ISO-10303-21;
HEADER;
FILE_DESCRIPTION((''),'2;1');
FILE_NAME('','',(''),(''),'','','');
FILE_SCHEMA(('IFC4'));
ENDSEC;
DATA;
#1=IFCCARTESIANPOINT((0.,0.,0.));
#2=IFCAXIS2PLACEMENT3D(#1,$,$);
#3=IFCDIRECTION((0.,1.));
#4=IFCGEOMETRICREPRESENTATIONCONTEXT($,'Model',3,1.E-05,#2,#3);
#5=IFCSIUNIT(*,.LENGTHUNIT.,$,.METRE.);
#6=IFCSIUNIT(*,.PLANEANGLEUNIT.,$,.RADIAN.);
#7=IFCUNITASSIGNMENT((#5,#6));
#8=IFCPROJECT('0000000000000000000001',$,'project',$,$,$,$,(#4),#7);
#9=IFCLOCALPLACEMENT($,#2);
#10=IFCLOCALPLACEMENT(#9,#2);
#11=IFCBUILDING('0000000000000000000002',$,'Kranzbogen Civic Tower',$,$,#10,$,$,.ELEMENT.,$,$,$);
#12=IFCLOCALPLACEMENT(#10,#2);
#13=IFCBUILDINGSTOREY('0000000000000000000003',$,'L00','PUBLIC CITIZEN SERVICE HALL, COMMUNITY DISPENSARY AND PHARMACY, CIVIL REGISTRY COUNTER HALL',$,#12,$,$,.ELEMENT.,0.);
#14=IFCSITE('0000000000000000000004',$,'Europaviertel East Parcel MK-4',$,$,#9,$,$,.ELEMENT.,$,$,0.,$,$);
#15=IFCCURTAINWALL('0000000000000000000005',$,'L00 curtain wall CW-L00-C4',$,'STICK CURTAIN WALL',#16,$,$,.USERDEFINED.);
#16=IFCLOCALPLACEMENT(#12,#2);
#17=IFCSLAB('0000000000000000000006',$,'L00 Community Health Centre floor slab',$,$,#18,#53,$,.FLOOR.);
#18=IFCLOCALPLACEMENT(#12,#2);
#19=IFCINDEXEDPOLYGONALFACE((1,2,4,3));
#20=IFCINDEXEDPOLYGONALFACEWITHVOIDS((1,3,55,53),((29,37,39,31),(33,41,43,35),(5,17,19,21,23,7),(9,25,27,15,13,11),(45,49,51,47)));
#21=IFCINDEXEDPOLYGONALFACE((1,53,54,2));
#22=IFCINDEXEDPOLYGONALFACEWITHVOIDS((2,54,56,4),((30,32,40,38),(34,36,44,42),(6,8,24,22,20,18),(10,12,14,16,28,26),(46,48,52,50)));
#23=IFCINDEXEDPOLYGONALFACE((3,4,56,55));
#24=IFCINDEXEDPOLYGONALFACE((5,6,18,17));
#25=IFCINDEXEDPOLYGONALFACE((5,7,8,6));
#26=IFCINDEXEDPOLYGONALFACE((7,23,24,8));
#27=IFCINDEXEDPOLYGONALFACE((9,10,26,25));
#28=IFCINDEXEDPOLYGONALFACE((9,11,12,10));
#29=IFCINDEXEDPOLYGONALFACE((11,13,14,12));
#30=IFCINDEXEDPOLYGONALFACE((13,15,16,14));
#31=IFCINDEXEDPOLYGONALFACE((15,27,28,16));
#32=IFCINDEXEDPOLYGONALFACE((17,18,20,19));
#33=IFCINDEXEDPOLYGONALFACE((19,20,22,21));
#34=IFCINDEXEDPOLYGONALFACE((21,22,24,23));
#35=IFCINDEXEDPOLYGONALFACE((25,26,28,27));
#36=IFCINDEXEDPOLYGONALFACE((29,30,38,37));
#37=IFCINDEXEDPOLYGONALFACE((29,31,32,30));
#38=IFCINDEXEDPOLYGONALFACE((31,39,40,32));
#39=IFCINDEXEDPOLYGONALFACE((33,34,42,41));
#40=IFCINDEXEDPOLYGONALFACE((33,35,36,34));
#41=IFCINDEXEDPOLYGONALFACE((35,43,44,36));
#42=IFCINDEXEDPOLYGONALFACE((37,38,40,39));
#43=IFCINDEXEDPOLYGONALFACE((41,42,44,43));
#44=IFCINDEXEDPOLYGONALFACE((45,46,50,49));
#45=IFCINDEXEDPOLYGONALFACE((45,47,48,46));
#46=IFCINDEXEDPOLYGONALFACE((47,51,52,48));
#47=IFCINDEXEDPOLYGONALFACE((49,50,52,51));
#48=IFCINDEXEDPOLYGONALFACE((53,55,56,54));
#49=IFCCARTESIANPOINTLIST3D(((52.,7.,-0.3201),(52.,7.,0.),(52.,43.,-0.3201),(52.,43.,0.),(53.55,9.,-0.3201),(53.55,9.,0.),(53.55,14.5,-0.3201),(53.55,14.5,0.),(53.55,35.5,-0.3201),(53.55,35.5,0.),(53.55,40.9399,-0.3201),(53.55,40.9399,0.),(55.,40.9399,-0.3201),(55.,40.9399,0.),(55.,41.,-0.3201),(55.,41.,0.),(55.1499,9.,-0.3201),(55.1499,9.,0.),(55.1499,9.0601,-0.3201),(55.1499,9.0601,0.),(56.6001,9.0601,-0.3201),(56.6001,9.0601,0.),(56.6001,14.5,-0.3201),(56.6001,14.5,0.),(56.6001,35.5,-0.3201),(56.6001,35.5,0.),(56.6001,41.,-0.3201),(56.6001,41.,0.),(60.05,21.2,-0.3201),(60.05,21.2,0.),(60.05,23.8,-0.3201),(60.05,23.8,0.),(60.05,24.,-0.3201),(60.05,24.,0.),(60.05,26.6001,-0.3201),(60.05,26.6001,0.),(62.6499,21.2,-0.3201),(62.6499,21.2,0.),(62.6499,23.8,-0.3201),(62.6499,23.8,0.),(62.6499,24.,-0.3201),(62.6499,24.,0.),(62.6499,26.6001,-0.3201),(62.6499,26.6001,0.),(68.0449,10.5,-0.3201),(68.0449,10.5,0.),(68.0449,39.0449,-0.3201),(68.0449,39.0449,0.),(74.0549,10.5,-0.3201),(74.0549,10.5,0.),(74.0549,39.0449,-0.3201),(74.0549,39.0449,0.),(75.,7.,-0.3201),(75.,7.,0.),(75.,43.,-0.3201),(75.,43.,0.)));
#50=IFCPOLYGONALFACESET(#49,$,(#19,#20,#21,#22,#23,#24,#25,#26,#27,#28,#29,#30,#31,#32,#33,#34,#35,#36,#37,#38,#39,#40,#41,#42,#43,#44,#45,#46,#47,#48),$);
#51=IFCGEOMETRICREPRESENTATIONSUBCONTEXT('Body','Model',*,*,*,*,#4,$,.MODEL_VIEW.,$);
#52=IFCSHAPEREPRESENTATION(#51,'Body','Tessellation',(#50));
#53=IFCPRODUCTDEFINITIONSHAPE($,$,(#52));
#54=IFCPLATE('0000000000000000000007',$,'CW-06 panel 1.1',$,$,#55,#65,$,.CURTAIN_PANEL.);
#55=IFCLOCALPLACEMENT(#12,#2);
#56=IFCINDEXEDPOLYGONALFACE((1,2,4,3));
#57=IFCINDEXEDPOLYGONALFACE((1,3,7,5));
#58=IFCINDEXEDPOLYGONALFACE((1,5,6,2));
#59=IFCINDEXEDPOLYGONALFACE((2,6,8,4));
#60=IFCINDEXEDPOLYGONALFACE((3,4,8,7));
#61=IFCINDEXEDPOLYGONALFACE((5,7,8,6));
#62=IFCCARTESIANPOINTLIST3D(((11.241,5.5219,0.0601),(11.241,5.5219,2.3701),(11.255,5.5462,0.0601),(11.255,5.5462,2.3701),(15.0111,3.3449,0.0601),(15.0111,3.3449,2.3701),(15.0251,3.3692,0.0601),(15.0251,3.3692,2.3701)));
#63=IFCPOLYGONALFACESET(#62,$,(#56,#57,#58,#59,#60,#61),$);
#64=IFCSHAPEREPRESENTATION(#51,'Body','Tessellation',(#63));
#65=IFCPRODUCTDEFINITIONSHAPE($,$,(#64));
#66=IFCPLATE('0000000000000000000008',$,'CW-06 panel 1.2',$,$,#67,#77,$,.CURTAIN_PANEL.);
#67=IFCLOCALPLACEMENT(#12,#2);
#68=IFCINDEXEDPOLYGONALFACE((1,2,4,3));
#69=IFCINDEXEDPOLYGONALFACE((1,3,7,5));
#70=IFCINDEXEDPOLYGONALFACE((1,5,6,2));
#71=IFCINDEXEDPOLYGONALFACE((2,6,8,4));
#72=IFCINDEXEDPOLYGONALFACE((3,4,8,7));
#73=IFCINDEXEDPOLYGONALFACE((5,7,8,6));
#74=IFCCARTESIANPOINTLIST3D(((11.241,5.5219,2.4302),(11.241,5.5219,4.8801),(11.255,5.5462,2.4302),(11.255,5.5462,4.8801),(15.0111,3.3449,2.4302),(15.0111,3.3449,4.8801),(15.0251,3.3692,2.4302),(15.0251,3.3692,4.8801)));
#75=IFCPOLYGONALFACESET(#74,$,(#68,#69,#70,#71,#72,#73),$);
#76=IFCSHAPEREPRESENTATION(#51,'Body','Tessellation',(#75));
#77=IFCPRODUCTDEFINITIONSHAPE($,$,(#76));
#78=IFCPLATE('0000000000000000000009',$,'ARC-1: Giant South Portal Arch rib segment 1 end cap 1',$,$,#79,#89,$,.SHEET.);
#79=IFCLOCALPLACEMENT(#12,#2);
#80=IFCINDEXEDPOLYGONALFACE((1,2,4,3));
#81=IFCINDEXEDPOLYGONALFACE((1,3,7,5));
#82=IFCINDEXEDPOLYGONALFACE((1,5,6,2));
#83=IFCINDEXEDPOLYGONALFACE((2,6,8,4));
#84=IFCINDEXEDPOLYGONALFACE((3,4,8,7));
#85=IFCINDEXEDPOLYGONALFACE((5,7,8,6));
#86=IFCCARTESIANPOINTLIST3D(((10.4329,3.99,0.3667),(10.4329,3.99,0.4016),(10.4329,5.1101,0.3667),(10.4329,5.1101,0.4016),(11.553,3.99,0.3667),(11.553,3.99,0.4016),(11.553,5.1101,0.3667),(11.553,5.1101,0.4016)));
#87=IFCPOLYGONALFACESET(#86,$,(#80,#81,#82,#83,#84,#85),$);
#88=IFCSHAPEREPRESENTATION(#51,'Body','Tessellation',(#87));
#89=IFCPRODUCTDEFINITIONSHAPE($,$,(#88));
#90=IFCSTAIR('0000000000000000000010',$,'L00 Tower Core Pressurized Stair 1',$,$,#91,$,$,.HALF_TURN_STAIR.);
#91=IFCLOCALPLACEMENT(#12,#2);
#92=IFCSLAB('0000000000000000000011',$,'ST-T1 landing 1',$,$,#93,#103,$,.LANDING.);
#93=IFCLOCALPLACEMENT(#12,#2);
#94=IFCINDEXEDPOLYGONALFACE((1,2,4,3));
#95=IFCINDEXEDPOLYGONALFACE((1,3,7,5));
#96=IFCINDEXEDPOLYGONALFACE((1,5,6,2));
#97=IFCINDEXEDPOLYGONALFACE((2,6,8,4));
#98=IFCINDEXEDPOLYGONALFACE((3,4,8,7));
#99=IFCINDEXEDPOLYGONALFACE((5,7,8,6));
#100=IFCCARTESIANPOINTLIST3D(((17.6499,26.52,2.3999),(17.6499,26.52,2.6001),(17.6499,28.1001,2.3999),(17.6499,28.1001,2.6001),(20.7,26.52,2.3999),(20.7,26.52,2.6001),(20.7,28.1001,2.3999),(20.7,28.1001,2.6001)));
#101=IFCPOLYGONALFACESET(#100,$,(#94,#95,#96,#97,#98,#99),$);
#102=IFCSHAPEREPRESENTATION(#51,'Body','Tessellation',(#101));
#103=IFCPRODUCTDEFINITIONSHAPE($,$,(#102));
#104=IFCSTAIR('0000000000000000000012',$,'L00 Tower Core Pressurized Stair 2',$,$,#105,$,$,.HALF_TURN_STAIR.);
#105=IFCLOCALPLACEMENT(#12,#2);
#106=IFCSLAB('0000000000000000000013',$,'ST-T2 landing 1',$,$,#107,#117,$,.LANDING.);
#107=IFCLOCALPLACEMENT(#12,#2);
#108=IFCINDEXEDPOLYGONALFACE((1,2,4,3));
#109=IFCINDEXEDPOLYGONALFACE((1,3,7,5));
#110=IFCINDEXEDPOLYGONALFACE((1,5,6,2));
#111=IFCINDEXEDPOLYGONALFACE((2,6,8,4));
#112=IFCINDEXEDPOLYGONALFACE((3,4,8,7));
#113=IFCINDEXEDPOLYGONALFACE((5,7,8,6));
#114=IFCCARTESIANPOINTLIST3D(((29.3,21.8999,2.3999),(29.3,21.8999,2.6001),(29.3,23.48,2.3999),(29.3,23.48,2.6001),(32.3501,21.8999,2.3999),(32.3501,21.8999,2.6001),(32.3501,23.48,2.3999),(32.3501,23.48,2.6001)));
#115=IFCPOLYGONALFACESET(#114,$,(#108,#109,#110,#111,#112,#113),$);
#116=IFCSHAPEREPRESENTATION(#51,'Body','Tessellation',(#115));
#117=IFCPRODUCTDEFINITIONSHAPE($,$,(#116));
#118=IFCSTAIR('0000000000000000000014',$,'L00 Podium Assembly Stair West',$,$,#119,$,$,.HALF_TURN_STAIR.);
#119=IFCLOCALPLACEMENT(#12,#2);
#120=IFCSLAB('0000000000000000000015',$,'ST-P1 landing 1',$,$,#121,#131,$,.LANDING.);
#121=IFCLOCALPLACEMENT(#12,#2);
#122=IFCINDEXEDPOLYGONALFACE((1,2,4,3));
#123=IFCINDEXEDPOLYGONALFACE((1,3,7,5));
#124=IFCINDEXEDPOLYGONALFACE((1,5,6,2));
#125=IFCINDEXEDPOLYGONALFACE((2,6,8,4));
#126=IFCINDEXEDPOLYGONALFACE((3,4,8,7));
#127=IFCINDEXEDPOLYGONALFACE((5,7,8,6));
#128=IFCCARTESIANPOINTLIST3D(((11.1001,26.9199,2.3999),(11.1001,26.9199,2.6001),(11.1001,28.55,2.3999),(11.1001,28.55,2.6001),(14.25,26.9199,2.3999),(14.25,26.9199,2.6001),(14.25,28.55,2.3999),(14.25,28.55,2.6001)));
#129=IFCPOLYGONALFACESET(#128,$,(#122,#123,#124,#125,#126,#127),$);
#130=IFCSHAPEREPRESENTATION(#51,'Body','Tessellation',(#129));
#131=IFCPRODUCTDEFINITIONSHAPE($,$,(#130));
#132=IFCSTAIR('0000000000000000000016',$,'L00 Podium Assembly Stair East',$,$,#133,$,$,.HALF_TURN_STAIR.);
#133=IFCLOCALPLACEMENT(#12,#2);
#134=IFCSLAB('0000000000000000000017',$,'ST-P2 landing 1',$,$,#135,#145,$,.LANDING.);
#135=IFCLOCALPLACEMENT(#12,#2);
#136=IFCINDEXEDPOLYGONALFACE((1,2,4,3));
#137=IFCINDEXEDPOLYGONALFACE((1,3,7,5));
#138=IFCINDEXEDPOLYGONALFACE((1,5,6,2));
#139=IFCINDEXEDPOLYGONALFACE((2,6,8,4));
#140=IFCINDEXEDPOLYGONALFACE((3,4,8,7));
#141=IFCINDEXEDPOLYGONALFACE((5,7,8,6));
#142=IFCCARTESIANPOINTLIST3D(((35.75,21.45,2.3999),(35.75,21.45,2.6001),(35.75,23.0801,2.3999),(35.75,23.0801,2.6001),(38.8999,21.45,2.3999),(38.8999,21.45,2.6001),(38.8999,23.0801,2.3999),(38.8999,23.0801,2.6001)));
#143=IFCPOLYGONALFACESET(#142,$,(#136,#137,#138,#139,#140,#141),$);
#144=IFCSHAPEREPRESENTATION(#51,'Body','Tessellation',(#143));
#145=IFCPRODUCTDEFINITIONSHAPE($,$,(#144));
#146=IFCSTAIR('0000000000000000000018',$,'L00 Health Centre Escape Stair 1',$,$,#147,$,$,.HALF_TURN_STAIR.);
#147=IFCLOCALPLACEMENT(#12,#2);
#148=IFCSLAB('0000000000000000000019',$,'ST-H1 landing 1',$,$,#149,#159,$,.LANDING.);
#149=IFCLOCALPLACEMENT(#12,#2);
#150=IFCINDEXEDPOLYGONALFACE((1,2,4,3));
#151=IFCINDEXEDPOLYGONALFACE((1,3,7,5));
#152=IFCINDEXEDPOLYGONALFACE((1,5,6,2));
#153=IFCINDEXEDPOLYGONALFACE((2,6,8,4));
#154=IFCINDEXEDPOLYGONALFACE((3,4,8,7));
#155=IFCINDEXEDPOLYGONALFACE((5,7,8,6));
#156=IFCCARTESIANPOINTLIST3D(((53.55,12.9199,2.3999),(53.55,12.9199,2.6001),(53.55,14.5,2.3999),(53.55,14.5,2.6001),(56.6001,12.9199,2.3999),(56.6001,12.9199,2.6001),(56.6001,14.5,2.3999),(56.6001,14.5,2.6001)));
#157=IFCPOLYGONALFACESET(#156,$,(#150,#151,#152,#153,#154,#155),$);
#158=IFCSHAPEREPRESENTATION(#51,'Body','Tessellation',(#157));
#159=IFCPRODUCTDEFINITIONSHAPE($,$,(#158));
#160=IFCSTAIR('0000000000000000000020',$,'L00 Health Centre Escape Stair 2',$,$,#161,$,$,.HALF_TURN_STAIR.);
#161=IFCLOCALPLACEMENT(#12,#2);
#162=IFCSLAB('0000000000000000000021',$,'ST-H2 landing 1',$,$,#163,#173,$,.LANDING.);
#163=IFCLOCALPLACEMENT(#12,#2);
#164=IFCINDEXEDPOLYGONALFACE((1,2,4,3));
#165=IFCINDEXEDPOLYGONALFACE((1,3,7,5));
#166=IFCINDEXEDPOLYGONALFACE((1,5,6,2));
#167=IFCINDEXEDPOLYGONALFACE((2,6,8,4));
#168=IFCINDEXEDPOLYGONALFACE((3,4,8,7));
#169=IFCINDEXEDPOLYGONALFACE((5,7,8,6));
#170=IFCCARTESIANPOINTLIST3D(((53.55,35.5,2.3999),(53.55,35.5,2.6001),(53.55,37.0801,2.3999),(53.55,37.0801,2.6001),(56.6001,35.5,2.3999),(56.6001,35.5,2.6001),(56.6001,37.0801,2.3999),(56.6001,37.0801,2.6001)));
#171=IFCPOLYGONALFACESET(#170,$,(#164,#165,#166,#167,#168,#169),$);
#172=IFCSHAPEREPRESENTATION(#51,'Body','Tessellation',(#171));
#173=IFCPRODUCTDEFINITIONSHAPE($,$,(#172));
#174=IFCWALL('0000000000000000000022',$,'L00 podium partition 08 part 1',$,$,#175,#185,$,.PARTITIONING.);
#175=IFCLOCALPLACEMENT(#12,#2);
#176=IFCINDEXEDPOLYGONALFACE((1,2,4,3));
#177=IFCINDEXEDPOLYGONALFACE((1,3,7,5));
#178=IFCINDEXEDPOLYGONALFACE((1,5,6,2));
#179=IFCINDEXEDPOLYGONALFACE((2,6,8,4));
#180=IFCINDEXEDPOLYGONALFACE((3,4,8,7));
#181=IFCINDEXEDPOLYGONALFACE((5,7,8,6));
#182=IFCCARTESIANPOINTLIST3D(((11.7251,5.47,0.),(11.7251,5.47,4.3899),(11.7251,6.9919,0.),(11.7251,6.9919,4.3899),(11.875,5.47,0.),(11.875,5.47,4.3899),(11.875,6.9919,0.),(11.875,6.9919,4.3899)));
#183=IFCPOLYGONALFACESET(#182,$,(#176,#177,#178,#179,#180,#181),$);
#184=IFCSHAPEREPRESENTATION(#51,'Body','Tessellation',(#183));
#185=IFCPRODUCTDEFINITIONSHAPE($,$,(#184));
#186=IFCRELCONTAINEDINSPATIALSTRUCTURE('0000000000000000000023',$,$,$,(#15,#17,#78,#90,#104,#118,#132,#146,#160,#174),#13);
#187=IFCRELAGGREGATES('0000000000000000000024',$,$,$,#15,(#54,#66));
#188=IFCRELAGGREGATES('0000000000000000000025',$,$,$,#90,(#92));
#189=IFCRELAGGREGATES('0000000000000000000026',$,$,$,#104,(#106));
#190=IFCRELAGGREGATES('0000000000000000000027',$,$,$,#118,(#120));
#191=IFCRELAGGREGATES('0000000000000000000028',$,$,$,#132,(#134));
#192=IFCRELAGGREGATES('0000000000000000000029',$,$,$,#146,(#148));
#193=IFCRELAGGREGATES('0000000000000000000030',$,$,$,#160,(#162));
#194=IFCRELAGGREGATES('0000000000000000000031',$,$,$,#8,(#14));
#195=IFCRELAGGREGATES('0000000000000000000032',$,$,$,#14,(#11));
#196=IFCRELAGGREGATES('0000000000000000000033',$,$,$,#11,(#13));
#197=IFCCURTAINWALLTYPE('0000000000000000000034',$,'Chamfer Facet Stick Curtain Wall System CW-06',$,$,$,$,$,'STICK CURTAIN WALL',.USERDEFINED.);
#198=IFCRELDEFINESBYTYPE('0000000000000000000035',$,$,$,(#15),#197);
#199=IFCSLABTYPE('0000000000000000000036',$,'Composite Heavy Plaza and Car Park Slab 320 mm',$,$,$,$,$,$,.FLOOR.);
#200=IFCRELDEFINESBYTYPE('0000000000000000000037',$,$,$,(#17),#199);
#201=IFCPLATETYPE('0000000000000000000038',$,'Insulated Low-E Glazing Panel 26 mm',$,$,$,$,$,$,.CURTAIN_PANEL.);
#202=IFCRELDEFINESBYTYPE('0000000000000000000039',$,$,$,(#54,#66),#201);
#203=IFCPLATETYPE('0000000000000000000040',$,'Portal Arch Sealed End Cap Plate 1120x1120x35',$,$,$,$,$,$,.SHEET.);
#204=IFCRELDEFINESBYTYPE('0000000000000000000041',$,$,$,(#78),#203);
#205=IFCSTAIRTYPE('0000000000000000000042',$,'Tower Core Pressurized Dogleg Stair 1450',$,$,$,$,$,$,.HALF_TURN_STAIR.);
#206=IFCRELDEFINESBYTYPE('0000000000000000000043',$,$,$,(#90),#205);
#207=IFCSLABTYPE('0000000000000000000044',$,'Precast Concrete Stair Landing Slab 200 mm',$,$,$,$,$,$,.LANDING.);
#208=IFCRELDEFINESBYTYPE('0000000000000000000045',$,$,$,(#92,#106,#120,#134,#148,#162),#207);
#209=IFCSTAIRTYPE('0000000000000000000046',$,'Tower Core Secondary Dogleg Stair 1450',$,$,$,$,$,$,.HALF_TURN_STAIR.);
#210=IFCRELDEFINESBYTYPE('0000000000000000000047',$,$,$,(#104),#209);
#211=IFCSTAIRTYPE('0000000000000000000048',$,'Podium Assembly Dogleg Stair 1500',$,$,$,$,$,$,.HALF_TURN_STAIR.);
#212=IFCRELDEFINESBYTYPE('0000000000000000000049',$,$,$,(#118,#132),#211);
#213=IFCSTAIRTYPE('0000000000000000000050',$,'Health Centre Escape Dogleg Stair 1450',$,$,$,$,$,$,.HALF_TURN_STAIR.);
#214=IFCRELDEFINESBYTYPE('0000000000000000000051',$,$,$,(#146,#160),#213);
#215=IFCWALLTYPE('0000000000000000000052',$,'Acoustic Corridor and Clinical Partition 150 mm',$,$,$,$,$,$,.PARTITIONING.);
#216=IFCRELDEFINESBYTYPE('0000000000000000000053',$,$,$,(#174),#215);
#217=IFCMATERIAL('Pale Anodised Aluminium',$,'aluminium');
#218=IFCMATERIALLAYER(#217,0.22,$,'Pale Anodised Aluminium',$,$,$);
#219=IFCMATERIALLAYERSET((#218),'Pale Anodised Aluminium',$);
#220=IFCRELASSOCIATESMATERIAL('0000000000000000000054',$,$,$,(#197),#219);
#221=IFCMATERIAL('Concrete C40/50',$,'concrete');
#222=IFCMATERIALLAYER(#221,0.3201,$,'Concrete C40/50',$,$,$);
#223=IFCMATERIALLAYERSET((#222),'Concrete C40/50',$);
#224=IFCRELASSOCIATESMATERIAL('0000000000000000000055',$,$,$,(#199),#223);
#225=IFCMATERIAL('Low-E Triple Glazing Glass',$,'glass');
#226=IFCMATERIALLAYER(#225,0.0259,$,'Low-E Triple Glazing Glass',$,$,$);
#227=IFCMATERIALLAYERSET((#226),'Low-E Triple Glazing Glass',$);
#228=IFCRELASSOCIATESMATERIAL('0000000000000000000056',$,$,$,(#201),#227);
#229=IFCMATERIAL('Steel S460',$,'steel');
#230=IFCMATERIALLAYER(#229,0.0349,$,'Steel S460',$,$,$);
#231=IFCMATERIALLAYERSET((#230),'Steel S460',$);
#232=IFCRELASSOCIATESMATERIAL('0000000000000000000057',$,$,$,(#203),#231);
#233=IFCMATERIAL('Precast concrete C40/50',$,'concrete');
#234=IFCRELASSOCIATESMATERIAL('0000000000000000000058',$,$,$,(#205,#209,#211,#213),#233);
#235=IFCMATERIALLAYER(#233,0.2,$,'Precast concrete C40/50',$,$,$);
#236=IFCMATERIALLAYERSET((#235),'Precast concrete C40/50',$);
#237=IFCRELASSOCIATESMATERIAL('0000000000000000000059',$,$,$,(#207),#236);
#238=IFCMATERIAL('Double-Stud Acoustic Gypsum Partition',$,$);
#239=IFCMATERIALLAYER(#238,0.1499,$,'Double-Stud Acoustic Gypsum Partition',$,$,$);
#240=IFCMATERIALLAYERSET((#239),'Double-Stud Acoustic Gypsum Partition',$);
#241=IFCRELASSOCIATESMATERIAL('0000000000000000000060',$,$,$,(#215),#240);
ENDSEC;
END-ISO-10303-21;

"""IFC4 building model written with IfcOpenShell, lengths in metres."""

from ifc_helpers import new_model, si_unit, direction, frame, frame_2d, origin, origin_2d, place, context, subcontext, project, spatial, polyline, rectangle, outline, extrude, material, layer, layer_set, type_object, element, aggregate, save


model = new_model("IFC4")

# Units and contexts
model_context = context("Model", 3, precision=1e-05, world=origin(), true_north=direction((0.0, 1.0)))
body_context = subcontext(model_context, "Body", "Model", "MODEL_VIEW")
ifc_project = project(units=[si_unit("LENGTHUNIT", "METRE"), si_unit("PLANEANGLEUNIT", "RADIAN")], contexts=[model_context])

# Site, building, storey
site_placement = place(None, origin())
site = spatial("IfcSite", under=ifc_project, at=site_placement, Name="Europaviertel East Parcel MK-4", CompositionType="ELEMENT", RefElevation=0.0)
building_placement = place(site_placement, origin())
building = spatial("IfcBuilding", under=site, at=building_placement, Name="Kranzbogen Civic Tower", CompositionType="ELEMENT")
storey_placement = place(building_placement, origin())
storey = spatial("IfcBuildingStorey", under=building, at=storey_placement, Name="L00", Description="PUBLIC CITIZEN SERVICE HALL, COMMUNITY DISPENSARY AND PHARMACY, CIVIL REGISTRY COUNTER HALL", CompositionType="ELEMENT", Elevation=0.0)

# Shared definitions
ifc_material_1 = material(Name="Steel S460", Category="steel")

# Curtain wall
ifc_material_2 = material(Name="Pale Anodised Aluminium", Category="aluminium")
ifc_layer_1 = layer(ifc_material_2, 0.22, Name="Pale Anodised Aluminium")
ifc_layer_set_1 = layer_set([ifc_layer_1], Name="Pale Anodised Aluminium")
curtain_wall_type_1 = type_object("IfcCurtainWallType", Name="Chamfer Facet Stick Curtain Wall System CW-06", ElementType="STICK CURTAIN WALL", PredefinedType="USERDEFINED", material=ifc_layer_set_1)
curtain_wall_1_placement = place(storey_placement, origin())
curtain_wall_1 = element("IfcCurtainWall", 1, at=curtain_wall_1_placement, inside=storey, type_object=curtain_wall_type_1, Name="L00 curtain wall CW-L00-C4", ObjectType="STICK CURTAIN WALL", PredefinedType="USERDEFINED")

# Slab
ifc_material_3 = material(Name="Precast concrete C40/50", Category="concrete")
ifc_material_4 = material(Name="Concrete C40/50", Category="concrete")
ifc_layer_2 = layer(ifc_material_4, 0.3201, Name="Concrete C40/50")
ifc_layer_set_2 = layer_set([ifc_layer_2], Name="Concrete C40/50")
slab_type_1 = type_object("IfcSlabType", Name="Composite Heavy Plaza and Car Park Slab 320 mm", PredefinedType="FLOOR", material=ifc_layer_set_2)
slab_1_placement = place(storey_placement, frame((0.0, 0.0, -0.3201)))
element("IfcSlab", 2, at=slab_1_placement, inside=storey, type_object=slab_type_1, Name="L00 Community Health Centre floor slab", PredefinedType="FLOOR", context=body_context, shape_type="SweptSolid", body=[
    extrude(outline(polyline([(75.0, 7.0), (75.0, 43.0), (52.0, 43.0), (52.0, 7.0), (75.0, 7.0)]), holes=[polyline([(56.6001, 9.0601), (55.1499, 9.0601), (55.1499, 9.0), (53.55, 9.0), (53.55, 14.5), (56.6001, 14.5), (56.6001, 9.0601)]), polyline([(62.6499, 21.2), (60.05, 21.2), (60.05, 23.8), (62.6499, 23.8), (62.6499, 21.2)]), polyline([(74.0549, 10.5), (68.0449, 10.5), (68.0449, 39.0449), (74.0549, 39.0449), (74.0549, 10.5)]), polyline([(62.6499, 26.6001), (62.6499, 24.0), (60.05, 24.0), (60.05, 26.6001), (62.6499, 26.6001)]), polyline([(55.0, 40.9399), (55.0, 41.0), (56.6001, 41.0), (56.6001, 35.5), (53.55, 35.5), (53.55, 40.9399), (55.0, 40.9399)])]), origin(), (0.0, 0.0, 1.0), 0.3201),
])

# Plates
ifc_material_5 = material(Name="Low-E Triple Glazing Glass", Category="glass")
ifc_layer_3 = layer(ifc_material_5, 0.0259, Name="Low-E Triple Glazing Glass")
ifc_layer_set_3 = layer_set([ifc_layer_3], Name="Low-E Triple Glazing Glass")
plate_type_1 = type_object("IfcPlateType", Name="Insulated Low-E Glazing Panel 26 mm", PredefinedType="CURTAIN_PANEL", material=ifc_layer_set_3)
plate_1_placement = place(storey_placement, frame((13.1331, 4.4456, 0.0601), z_axis=(0.0, 0.0, 1.0), x_axis=(0.865992, -0.500058, 0.0)))
plate_1 = element("IfcPlate", 3, at=plate_1_placement, type_object=plate_type_1, Name="CW-06 panel 1.1", PredefinedType="CURTAIN_PANEL", context=body_context, shape_type="SweptSolid", body=[
    extrude(rectangle(XDim=4.3535, YDim=0.0281, at=origin_2d()), origin(), (0.0, 0.0, 1.0), 2.3101),
])
plate_2_placement = place(storey_placement, frame((13.1331, 4.4456, 2.4302), z_axis=(0.0, 0.0, 1.0), x_axis=(0.865992, -0.500058, 0.0)))
plate_2 = element("IfcPlate", 4, at=plate_2_placement, type_object=plate_type_1, Name="CW-06 panel 1.2", PredefinedType="CURTAIN_PANEL", context=body_context, shape_type="SweptSolid", body=[
    extrude(rectangle(XDim=4.3535, YDim=0.0281, at=origin_2d()), origin(), (0.0, 0.0, 1.0), 2.45),
])
aggregate(curtain_wall_1, [plate_1, plate_2])
ifc_layer_4 = layer(ifc_material_1, 0.0349, Name="Steel S460")
ifc_layer_set_4 = layer_set([ifc_layer_4], Name="Steel S460")
plate_type_2 = type_object("IfcPlateType", Name="Portal Arch Sealed End Cap Plate 1120x1120x35", PredefinedType="SHEET", material=ifc_layer_set_4)
plate_3_placement = place(storey_placement, frame((10.9929, 4.55, 0.3667), z_axis=(0.0, 0.0, 1.0), x_axis=(1.0, 0.0, 0.0)))
element("IfcPlate", 5, at=plate_3_placement, inside=storey, type_object=plate_type_2, Name="ARC-1: Giant South Portal Arch rib segment 1 end cap 1", PredefinedType="SHEET", context=body_context, shape_type="SweptSolid", body=[
    extrude(rectangle(XDim=1.1201, YDim=1.1201, at=origin_2d()), origin(), (0.0, 0.0, 1.0), 0.0349),
])

# Stairs, slabs
stair_type_1 = type_object("IfcStairType", Name="Tower Core Pressurized Dogleg Stair 1450", PredefinedType="HALF_TURN_STAIR", material=ifc_material_3)
stair_1_placement = place(storey_placement, origin())
stair_1 = element("IfcStair", 6, at=stair_1_placement, inside=storey, type_object=stair_type_1, Name="L00 Tower Core Pressurized Stair 1", PredefinedType="HALF_TURN_STAIR")
ifc_layer_5 = layer(ifc_material_3, 0.2, Name="Precast concrete C40/50")
ifc_layer_set_5 = layer_set([ifc_layer_5], Name="Precast concrete C40/50")
slab_type_2 = type_object("IfcSlabType", Name="Precast Concrete Stair Landing Slab 200 mm", PredefinedType="LANDING", material=ifc_layer_set_5)
slab_2_placement = place(storey_placement, frame((0.0, 0.0, 2.3999)))
slab_2 = element("IfcSlab", 7, at=slab_2_placement, type_object=slab_type_2, Name="ST-T1 landing 1", PredefinedType="LANDING", context=body_context, shape_type="SweptSolid", body=[
    extrude(outline(polyline([(20.7, 26.52), (20.7, 28.1001), (17.6499, 28.1001), (17.6499, 26.52), (20.7, 26.52)])), origin(), (0.0, 0.0, 1.0), 0.2002),
])
aggregate(stair_1, [slab_2])
stair_type_2 = type_object("IfcStairType", Name="Tower Core Secondary Dogleg Stair 1450", PredefinedType="HALF_TURN_STAIR", material=ifc_material_3)
stair_2_placement = place(storey_placement, origin())
stair_2 = element("IfcStair", 8, at=stair_2_placement, inside=storey, type_object=stair_type_2, Name="L00 Tower Core Pressurized Stair 2", PredefinedType="HALF_TURN_STAIR")
slab_3_placement = place(storey_placement, frame((0.0, 0.0, 2.3999)))
slab_3 = element("IfcSlab", 9, at=slab_3_placement, type_object=slab_type_2, Name="ST-T2 landing 1", PredefinedType="LANDING", context=body_context, shape_type="SweptSolid", body=[
    extrude(outline(polyline([(29.3, 23.48), (29.3, 21.8999), (32.3501, 21.8999), (32.3501, 23.48), (29.3, 23.48)])), origin(), (0.0, 0.0, 1.0), 0.2002),
])
aggregate(stair_2, [slab_3])
stair_type_3 = type_object("IfcStairType", Name="Podium Assembly Dogleg Stair 1500", PredefinedType="HALF_TURN_STAIR", material=ifc_material_3)
stair_3_placement = place(storey_placement, origin())
stair_3 = element("IfcStair", 10, at=stair_3_placement, inside=storey, type_object=stair_type_3, Name="L00 Podium Assembly Stair West", PredefinedType="HALF_TURN_STAIR")
slab_4_placement = place(storey_placement, frame((0.0, 0.0, 2.3999)))
slab_4 = element("IfcSlab", 11, at=slab_4_placement, type_object=slab_type_2, Name="ST-P1 landing 1", PredefinedType="LANDING", context=body_context, shape_type="SweptSolid", body=[
    extrude(outline(polyline([(14.25, 26.9199), (14.25, 28.55), (11.1001, 28.55), (11.1001, 26.9199), (14.25, 26.9199)])), origin(), (0.0, 0.0, 1.0), 0.2002),
])
aggregate(stair_3, [slab_4])
stair_4_placement = place(storey_placement, origin())
stair_4 = element("IfcStair", 12, at=stair_4_placement, inside=storey, type_object=stair_type_3, Name="L00 Podium Assembly Stair East", PredefinedType="HALF_TURN_STAIR")
slab_5_placement = place(storey_placement, frame((0.0, 0.0, 2.3999)))
slab_5 = element("IfcSlab", 13, at=slab_5_placement, type_object=slab_type_2, Name="ST-P2 landing 1", PredefinedType="LANDING", context=body_context, shape_type="SweptSolid", body=[
    extrude(outline(polyline([(35.75, 23.0801), (35.75, 21.45), (38.8999, 21.45), (38.8999, 23.0801), (35.75, 23.0801)])), origin(), (0.0, 0.0, 1.0), 0.2002),
])
aggregate(stair_4, [slab_5])
stair_type_4 = type_object("IfcStairType", Name="Health Centre Escape Dogleg Stair 1450", PredefinedType="HALF_TURN_STAIR", material=ifc_material_3)
stair_5_placement = place(storey_placement, origin())
stair_5 = element("IfcStair", 14, at=stair_5_placement, inside=storey, type_object=stair_type_4, Name="L00 Health Centre Escape Stair 1", PredefinedType="HALF_TURN_STAIR")
slab_6_placement = place(storey_placement, frame((0.0, 0.0, 2.3999)))
slab_6 = element("IfcSlab", 15, at=slab_6_placement, type_object=slab_type_2, Name="ST-H1 landing 1", PredefinedType="LANDING", context=body_context, shape_type="SweptSolid", body=[
    extrude(outline(polyline([(56.6001, 12.9199), (56.6001, 14.5), (53.55, 14.5), (53.55, 12.9199), (56.6001, 12.9199)])), origin(), (0.0, 0.0, 1.0), 0.2002),
])
aggregate(stair_5, [slab_6])
stair_6_placement = place(storey_placement, origin())
stair_6 = element("IfcStair", 16, at=stair_6_placement, inside=storey, type_object=stair_type_4, Name="L00 Health Centre Escape Stair 2", PredefinedType="HALF_TURN_STAIR")
slab_7_placement = place(storey_placement, frame((0.0, 0.0, 2.3999)))
slab_7 = element("IfcSlab", 17, at=slab_7_placement, type_object=slab_type_2, Name="ST-H2 landing 1", PredefinedType="LANDING", context=body_context, shape_type="SweptSolid", body=[
    extrude(outline(polyline([(53.55, 37.0801), (53.55, 35.5), (56.6001, 35.5), (56.6001, 37.0801), (53.55, 37.0801)])), origin(), (0.0, 0.0, 1.0), 0.2002),
])
aggregate(stair_6, [slab_7])

# Wall
ifc_material_6 = material(Name="Double-Stud Acoustic Gypsum Partition")
ifc_layer_6 = layer(ifc_material_6, 0.1499, Name="Double-Stud Acoustic Gypsum Partition")
ifc_layer_set_6 = layer_set([ifc_layer_6], Name="Double-Stud Acoustic Gypsum Partition")
wall_type = type_object("IfcWallType", Name="Acoustic Corridor and Clinical Partition 150 mm", PredefinedType="PARTITIONING", material=ifc_layer_set_6)
wall_placement = place(storey_placement, frame((11.8, 5.47, 0.0), z_axis=(0.0, 0.0, 1.0), x_axis=(0.0, 1.0, 0.0)))
element("IfcWall", 18, at=wall_placement, inside=storey, type_object=wall_type, Name="L00 podium partition 08 part 1", PredefinedType="PARTITIONING", context=body_context, shape_type="SweptSolid", body=[
    extrude(rectangle(XDim=1.522, YDim=0.1499, at=frame_2d((0.761, 0.0))), origin(), (0.0, 0.0, 1.0), 4.3899),
])

save(model, "model.ifc")
